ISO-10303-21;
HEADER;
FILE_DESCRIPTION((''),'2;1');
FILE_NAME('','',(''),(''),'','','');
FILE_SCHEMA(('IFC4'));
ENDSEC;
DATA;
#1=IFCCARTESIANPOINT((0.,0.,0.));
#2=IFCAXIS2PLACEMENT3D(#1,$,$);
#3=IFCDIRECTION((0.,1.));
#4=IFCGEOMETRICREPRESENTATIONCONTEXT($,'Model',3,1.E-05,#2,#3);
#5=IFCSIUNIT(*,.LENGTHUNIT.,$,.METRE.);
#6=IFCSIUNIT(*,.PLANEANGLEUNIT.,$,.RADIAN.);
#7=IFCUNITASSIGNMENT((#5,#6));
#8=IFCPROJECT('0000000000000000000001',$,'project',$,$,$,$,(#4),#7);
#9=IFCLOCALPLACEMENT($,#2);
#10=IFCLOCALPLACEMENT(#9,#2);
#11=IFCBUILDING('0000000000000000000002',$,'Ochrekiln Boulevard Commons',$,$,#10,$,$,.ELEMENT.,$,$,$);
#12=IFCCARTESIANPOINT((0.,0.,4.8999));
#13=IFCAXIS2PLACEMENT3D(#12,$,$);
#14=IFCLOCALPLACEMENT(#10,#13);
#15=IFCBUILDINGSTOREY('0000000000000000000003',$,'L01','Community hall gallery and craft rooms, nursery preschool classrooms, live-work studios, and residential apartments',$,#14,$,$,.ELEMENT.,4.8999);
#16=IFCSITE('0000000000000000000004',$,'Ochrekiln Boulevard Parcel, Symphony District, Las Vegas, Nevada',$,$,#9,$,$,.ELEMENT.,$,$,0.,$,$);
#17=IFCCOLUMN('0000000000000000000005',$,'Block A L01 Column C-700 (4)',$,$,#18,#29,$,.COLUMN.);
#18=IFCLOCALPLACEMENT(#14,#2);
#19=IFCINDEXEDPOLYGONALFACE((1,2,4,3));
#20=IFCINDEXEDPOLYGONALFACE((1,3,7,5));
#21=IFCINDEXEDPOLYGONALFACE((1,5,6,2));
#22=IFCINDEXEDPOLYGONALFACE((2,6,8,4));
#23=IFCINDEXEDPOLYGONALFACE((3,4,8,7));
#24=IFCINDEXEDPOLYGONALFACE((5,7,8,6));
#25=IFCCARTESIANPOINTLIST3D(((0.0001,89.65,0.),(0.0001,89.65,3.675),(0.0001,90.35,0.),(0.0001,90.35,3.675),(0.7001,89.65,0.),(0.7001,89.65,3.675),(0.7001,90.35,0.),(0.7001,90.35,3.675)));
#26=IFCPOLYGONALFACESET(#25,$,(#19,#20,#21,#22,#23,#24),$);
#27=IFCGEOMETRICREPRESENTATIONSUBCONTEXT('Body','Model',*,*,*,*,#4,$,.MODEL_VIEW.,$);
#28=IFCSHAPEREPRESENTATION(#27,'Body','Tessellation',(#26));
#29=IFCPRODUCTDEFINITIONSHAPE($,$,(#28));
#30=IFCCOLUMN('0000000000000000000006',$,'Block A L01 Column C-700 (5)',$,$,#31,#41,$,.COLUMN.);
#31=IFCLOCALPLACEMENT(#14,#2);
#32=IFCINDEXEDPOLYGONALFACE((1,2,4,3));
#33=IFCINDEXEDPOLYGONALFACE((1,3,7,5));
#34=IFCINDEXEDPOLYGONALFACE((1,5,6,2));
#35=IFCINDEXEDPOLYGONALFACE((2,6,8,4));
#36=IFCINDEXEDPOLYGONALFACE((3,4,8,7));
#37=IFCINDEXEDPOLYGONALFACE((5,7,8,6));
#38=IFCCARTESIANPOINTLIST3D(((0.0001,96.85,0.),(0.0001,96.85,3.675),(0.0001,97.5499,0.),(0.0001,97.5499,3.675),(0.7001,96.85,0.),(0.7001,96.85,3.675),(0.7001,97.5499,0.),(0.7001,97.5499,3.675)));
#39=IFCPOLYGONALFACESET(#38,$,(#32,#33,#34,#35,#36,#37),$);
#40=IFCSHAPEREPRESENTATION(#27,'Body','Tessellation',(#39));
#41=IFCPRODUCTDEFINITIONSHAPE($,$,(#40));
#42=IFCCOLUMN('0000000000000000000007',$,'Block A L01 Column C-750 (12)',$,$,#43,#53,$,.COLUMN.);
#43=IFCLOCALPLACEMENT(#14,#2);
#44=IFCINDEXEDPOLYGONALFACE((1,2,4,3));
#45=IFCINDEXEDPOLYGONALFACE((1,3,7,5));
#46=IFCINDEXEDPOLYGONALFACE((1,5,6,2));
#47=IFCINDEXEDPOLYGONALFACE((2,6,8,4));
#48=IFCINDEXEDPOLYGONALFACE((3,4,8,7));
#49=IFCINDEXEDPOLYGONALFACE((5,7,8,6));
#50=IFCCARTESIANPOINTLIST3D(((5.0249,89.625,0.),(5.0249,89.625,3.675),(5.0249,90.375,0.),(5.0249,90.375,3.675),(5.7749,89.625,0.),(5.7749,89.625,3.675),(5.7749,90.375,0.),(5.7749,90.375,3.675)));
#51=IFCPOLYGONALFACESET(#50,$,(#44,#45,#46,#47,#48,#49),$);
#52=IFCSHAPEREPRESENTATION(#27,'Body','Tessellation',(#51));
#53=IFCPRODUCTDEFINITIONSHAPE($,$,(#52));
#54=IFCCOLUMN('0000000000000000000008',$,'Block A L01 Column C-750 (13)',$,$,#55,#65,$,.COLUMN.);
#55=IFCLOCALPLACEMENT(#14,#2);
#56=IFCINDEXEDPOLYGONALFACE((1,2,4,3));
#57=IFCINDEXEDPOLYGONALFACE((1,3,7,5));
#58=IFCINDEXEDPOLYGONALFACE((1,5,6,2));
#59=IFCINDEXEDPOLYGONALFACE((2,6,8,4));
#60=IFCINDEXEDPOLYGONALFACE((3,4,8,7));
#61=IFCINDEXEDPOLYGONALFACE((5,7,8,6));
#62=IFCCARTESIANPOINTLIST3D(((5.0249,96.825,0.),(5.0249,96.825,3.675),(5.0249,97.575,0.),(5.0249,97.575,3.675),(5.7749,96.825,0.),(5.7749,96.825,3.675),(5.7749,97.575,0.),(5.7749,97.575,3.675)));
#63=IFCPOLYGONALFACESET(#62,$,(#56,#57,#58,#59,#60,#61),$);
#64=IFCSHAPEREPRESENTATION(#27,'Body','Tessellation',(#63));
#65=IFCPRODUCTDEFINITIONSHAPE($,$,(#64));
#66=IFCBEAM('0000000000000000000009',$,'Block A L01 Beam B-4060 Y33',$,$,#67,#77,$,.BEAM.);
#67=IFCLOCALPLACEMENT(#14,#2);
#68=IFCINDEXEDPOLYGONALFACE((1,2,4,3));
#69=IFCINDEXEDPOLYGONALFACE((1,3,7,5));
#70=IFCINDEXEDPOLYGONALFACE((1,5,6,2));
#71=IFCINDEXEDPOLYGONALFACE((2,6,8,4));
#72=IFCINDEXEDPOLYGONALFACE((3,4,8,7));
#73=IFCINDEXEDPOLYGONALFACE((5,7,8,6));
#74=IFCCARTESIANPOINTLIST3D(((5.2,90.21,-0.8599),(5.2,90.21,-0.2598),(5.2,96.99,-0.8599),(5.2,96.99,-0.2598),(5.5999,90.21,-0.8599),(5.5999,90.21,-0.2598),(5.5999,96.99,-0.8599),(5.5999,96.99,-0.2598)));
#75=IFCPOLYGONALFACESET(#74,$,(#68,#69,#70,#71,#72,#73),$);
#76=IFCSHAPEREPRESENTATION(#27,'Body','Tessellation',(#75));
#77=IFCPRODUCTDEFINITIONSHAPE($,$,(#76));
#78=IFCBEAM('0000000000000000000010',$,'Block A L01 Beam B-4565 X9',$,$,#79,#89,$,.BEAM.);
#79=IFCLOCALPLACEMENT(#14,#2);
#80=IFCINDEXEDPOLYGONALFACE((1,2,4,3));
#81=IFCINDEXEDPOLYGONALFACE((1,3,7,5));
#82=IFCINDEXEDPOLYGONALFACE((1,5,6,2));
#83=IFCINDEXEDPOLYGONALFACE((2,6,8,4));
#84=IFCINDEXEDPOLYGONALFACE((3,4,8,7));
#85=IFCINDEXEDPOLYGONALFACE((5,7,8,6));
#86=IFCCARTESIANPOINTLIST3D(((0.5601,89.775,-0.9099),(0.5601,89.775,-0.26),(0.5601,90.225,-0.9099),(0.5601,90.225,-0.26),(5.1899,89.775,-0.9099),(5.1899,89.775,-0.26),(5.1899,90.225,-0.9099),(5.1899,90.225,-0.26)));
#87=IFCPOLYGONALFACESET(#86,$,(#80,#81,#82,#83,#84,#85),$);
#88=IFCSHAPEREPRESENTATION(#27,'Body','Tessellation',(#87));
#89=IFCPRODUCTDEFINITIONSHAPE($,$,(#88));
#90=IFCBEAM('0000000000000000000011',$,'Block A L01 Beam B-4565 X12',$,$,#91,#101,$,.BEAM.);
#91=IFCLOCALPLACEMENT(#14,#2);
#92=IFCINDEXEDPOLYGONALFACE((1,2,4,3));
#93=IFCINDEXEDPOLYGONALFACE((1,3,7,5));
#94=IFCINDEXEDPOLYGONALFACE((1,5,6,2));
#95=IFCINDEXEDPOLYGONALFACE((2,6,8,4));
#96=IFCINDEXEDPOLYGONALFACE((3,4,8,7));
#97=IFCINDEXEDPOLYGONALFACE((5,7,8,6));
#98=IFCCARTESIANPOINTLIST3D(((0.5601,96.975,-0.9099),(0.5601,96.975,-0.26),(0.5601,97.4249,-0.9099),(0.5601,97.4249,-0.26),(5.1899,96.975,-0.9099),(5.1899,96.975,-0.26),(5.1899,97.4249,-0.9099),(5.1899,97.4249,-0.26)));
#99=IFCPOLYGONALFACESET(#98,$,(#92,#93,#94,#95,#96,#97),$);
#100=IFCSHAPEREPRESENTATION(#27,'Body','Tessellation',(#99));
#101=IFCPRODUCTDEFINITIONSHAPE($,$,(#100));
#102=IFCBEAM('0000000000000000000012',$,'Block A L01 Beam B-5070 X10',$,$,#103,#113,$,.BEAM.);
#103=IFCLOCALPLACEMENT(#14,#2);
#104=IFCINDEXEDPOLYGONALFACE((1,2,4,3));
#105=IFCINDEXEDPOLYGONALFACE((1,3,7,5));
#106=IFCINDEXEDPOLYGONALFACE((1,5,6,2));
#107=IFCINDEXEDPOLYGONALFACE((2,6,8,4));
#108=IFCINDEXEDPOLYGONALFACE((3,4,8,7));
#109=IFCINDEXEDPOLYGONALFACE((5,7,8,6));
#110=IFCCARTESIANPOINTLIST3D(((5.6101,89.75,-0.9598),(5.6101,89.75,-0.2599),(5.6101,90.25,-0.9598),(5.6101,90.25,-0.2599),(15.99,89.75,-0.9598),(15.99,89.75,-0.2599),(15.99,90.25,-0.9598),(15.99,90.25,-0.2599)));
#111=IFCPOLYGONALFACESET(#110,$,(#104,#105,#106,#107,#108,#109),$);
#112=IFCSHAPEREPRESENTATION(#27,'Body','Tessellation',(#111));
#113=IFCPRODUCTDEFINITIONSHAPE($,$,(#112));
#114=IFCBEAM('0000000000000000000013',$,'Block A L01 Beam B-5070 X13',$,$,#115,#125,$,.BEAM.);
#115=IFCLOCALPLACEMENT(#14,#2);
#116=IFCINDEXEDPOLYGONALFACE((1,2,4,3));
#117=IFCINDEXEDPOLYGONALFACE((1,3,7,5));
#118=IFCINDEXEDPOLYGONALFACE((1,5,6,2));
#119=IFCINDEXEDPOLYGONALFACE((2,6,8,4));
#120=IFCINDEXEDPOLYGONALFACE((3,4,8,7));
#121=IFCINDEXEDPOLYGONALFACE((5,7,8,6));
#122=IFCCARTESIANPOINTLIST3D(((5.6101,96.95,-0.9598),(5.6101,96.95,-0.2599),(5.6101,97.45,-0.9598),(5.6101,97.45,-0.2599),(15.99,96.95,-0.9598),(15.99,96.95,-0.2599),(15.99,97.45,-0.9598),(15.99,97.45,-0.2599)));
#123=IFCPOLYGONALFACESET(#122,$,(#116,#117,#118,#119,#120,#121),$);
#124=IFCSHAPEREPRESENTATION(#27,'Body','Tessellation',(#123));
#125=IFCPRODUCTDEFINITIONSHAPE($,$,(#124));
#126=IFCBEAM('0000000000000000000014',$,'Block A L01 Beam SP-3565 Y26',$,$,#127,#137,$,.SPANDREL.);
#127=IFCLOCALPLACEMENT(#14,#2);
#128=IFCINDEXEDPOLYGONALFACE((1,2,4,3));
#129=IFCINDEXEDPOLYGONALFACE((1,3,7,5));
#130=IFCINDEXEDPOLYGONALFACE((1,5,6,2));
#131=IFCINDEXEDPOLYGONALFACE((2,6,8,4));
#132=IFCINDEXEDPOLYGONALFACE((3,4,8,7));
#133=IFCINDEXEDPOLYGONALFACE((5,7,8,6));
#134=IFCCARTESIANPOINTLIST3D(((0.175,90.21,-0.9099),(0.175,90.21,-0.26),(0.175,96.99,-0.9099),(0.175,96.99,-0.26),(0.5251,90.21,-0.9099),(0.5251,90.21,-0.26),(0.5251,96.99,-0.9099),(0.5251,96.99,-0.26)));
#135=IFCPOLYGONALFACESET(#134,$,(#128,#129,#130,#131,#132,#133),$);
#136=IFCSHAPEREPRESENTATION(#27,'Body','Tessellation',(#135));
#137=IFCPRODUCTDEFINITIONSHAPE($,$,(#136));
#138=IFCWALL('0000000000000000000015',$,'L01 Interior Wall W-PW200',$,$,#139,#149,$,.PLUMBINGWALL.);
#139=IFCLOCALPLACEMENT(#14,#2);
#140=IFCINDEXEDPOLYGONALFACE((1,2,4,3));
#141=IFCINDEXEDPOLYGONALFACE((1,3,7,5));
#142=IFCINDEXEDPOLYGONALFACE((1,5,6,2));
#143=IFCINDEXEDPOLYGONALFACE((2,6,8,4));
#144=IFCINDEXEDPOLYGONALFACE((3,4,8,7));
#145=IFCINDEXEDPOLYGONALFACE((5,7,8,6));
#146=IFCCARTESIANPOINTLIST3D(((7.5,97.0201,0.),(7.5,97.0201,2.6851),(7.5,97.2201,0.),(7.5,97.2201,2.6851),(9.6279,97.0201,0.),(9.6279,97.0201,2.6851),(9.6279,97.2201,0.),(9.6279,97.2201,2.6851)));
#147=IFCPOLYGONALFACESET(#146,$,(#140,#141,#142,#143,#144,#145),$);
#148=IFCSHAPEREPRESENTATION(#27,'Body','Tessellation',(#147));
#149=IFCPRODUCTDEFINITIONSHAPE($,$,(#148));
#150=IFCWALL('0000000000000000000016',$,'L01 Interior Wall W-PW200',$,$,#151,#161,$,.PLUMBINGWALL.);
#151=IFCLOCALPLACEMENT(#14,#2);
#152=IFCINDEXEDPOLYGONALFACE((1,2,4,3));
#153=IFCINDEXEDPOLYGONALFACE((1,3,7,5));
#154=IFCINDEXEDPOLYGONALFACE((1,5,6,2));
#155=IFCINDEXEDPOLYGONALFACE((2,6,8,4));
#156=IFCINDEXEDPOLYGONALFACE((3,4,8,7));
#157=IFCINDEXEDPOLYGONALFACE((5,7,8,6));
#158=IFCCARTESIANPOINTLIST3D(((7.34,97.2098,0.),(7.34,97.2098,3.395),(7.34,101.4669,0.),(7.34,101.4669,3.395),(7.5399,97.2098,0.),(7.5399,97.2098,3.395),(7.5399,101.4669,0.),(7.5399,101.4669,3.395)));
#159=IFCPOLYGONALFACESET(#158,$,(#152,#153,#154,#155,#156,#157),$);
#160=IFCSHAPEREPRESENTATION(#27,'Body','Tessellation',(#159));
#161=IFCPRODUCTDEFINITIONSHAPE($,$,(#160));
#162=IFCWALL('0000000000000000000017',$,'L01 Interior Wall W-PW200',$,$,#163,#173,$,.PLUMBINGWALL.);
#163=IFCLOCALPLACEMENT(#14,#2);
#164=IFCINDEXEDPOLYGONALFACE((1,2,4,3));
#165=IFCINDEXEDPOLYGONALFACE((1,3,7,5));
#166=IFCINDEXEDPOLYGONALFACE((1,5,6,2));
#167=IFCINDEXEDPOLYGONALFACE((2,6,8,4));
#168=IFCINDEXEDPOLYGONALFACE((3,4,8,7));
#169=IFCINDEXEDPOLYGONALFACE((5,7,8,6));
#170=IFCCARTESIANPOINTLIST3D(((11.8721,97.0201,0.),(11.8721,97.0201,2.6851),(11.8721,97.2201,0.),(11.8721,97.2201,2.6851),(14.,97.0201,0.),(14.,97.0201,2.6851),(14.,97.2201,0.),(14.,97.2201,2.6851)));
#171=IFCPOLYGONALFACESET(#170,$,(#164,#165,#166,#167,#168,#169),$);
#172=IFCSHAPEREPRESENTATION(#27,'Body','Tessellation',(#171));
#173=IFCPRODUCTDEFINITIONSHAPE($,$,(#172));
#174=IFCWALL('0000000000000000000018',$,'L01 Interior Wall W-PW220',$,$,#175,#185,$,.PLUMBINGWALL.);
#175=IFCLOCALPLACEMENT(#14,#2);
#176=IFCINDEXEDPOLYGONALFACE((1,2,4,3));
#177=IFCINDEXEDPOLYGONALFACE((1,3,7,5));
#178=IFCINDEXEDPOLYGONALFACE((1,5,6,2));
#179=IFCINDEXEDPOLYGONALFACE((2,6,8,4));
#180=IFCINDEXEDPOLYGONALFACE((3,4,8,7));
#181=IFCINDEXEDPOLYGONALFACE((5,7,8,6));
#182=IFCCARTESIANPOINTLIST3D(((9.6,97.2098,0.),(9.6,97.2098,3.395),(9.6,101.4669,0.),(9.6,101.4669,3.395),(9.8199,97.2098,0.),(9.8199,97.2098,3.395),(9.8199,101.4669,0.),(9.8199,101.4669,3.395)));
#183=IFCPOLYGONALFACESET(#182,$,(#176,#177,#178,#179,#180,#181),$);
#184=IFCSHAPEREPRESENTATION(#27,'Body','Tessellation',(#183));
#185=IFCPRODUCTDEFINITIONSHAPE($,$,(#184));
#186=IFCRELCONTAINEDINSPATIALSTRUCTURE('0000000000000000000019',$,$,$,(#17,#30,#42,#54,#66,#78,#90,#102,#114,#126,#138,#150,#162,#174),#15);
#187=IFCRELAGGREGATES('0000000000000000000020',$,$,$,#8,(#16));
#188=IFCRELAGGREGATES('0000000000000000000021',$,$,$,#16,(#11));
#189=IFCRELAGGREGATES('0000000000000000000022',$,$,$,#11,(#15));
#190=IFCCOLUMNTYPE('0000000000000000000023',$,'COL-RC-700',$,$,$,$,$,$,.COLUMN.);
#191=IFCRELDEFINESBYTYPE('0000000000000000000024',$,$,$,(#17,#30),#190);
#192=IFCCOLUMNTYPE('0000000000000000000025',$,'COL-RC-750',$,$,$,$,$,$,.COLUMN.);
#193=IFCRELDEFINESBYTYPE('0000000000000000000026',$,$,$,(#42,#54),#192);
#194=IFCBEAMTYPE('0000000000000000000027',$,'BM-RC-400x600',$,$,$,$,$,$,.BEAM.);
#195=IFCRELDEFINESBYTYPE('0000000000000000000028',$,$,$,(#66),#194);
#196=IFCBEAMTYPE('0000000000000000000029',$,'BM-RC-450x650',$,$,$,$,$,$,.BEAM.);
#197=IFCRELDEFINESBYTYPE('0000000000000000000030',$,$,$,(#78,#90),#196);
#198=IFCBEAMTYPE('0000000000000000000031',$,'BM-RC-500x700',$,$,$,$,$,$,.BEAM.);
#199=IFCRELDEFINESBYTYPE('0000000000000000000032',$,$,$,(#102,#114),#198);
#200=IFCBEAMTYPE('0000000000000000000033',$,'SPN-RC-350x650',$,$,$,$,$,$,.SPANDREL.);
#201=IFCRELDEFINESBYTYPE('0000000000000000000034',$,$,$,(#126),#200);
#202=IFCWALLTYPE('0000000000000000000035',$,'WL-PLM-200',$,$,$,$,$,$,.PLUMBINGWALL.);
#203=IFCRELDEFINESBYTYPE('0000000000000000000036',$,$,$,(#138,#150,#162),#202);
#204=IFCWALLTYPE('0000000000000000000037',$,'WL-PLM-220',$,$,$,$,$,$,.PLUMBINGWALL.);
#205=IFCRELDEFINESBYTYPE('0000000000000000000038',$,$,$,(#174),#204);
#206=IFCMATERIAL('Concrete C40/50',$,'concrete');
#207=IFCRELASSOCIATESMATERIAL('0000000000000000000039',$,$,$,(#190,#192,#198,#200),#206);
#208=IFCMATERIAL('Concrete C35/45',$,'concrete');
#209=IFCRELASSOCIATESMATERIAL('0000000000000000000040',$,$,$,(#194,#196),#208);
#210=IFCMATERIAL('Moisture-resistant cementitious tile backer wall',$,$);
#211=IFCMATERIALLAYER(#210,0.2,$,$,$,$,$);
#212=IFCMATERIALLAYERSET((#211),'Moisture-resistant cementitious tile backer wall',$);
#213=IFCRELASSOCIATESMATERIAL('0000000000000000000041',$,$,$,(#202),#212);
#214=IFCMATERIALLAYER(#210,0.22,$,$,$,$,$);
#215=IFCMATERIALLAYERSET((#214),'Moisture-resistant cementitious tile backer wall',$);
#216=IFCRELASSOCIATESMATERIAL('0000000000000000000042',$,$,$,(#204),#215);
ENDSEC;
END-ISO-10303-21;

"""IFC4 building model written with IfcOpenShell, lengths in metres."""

from ifc_helpers import new_model, si_unit, direction, frame, frame_2d, origin, origin_2d, place, context, subcontext, project, spatial, rectangle, extrude, material, layer, layer_set, material_profile, profile_set, type_object, element, save


model = new_model("IFC4")

# Units and contexts
model_context = context("Model", 3, precision=1e-05, world=origin(), true_north=direction((0.0, 1.0)))
body_context = subcontext(model_context, "Body", "Model", "MODEL_VIEW")
ifc_project = project(units=[si_unit("LENGTHUNIT", "METRE"), si_unit("PLANEANGLEUNIT", "RADIAN")], contexts=[model_context])

# Site, building, storey
site_placement = place(None, origin())
site = spatial("IfcSite", under=ifc_project, at=site_placement, Name="Ochrekiln Boulevard Parcel, Symphony District, Las Vegas, Nevada", CompositionType="ELEMENT", RefElevation=0.0)
building_placement = place(site_placement, origin())
building = spatial("IfcBuilding", under=site, at=building_placement, Name="Ochrekiln Boulevard Commons", CompositionType="ELEMENT")
storey_placement = place(building_placement, frame((0.0, 0.0, 4.8999)))
storey = spatial("IfcBuildingStorey", under=building, at=storey_placement, Name="L01", Description="Community hall gallery and craft rooms, nursery preschool classrooms, live-work studios, and residential apartments", CompositionType="ELEMENT", Elevation=4.8999)

# Columns
ifc_material_1 = material(Name="Concrete C40/50", Category="concrete")
ifc_material_profile_1 = material_profile(ifc_material_1, rectangle(XDim=0.7, YDim=0.7, at=origin_2d()), Name="RC-COL-700x700")
ifc_profile_set_1 = profile_set([ifc_material_profile_1], Name="Concrete C40/50")
column_type_1 = type_object("IfcColumnType", Name="COL-RC-700", PredefinedType="COLUMN", material=ifc_profile_set_1)
for number, where, z_axis, x_axis, name in (
    (1, (0.3501, 90.0, 0.0), (0.0, 0.0, 1.0), (1.0, 0.0, 0.0), "Block A L01 Column C-700 (4)"),
    (2, (0.3501, 97.2, 0.0), (0.0, 0.0, 1.0), (1.0, 0.0, 0.0), "Block A L01 Column C-700 (5)"),
):
    element("IfcColumn", number, at=place(storey_placement, frame(where, z_axis=z_axis, x_axis=x_axis)), inside=storey, type_object=column_type_1, Name=name, PredefinedType="COLUMN", context=body_context, shape_type="SweptSolid", body=[
        extrude(rectangle(XDim=0.7, YDim=0.7, at=origin_2d()), origin(), (0.0, 0.0, 1.0), 3.675),
    ])
ifc_material_profile_2 = material_profile(ifc_material_1, rectangle(XDim=0.75, YDim=0.75, at=origin_2d()), Name="RC-COL-750x750")
ifc_profile_set_2 = profile_set([ifc_material_profile_2], Name="Concrete C40/50")
column_type_2 = type_object("IfcColumnType", Name="COL-RC-750", PredefinedType="COLUMN", material=ifc_profile_set_2)
for number, where, z_axis, x_axis, name in (
    (3, (5.3999, 90.0, 0.0), (0.0, 0.0, 1.0), (1.0, 0.0, 0.0), "Block A L01 Column C-750 (12)"),
    (4, (5.3999, 97.2, 0.0), (0.0, 0.0, 1.0), (1.0, 0.0, 0.0), "Block A L01 Column C-750 (13)"),
):
    element("IfcColumn", number, at=place(storey_placement, frame(where, z_axis=z_axis, x_axis=x_axis)), inside=storey, type_object=column_type_2, Name=name, PredefinedType="COLUMN", context=body_context, shape_type="SweptSolid", body=[
        extrude(rectangle(XDim=0.75, YDim=0.75, at=origin_2d()), origin(), (0.0, 0.0, 1.0), 3.675),
    ])

# Beams
ifc_material_2 = material(Name="Concrete C35/45", Category="concrete")
ifc_material_profile_3 = material_profile(ifc_material_2, rectangle(XDim=0.3999, YDim=0.6001, at=origin_2d()), Name="RC-BM-400x600")
ifc_profile_set_3 = profile_set([ifc_material_profile_3], Name="Concrete C35/45")
beam_type_1 = type_object("IfcBeamType", Name="BM-RC-400x600", PredefinedType="BEAM", material=ifc_profile_set_3)
beam_1_placement = place(storey_placement, frame((5.3999, 90.21, -0.5598), z_axis=(0.0, 1.0, 0.0), x_axis=(-1.0, 0.0, 0.0)))
element("IfcBeam", 5, at=beam_1_placement, inside=storey, type_object=beam_type_1, Name="Block A L01 Beam B-4060 Y33", PredefinedType="BEAM", context=body_context, shape_type="SweptSolid", body=[
    extrude(rectangle(XDim=0.3999, YDim=0.6001, at=origin_2d()), origin(), (0.0, 0.0, 1.0), 6.78),
])
ifc_material_profile_4 = material_profile(ifc_material_2, rectangle(XDim=0.45, YDim=0.6499, at=origin_2d()), Name="RC-BM-450x650")
ifc_profile_set_4 = profile_set([ifc_material_profile_4], Name="Concrete C35/45")
beam_type_2 = type_object("IfcBeamType", Name="BM-RC-450x650", PredefinedType="BEAM", material=ifc_profile_set_4)
for number, where, z_axis, x_axis, name in (
    (6, (0.5601, 90.0, -0.585), (1.0, 0.0, 0.0), (0.0, 1.0, 0.0), "Block A L01 Beam B-4565 X9"),
    (7, (0.5601, 97.2, -0.585), (1.0, 0.0, 0.0), (0.0, 1.0, 0.0), "Block A L01 Beam B-4565 X12"),
):
    element("IfcBeam", number, at=place(storey_placement, frame(where, z_axis=z_axis, x_axis=x_axis)), inside=storey, type_object=beam_type_2, Name=name, PredefinedType="BEAM", context=body_context, shape_type="SweptSolid", body=[
        extrude(rectangle(XDim=0.45, YDim=0.6499, at=origin_2d()), origin(), (0.0, 0.0, 1.0), 4.6299),
    ])
ifc_material_profile_5 = material_profile(ifc_material_1, rectangle(XDim=0.5, YDim=0.7, at=origin_2d()), Name="RC-BM-500x700")
ifc_profile_set_5 = profile_set([ifc_material_profile_5], Name="Concrete C40/50")
beam_type_3 = type_object("IfcBeamType", Name="BM-RC-500x700", PredefinedType="BEAM", material=ifc_profile_set_5)
for number, where, z_axis, x_axis, name in (
    (8, (5.6101, 90.0, -0.6099), (1.0, 0.0, 0.0), (0.0, 1.0, 0.0), "Block A L01 Beam B-5070 X10"),
    (9, (5.6101, 97.2, -0.6099), (1.0, 0.0, 0.0), (0.0, 1.0, 0.0), "Block A L01 Beam B-5070 X13"),
):
    element("IfcBeam", number, at=place(storey_placement, frame(where, z_axis=z_axis, x_axis=x_axis)), inside=storey, type_object=beam_type_3, Name=name, PredefinedType="BEAM", context=body_context, shape_type="SweptSolid", body=[
        extrude(rectangle(XDim=0.5, YDim=0.7, at=origin_2d()), origin(), (0.0, 0.0, 1.0), 10.3799),
    ])
ifc_material_profile_6 = material_profile(ifc_material_1, rectangle(XDim=0.3501, YDim=0.6499, at=origin_2d()), Name="RC-SPN-350x650")
ifc_profile_set_6 = profile_set([ifc_material_profile_6], Name="Concrete C40/50")
beam_type_4 = type_object("IfcBeamType", Name="SPN-RC-350x650", PredefinedType="SPANDREL", material=ifc_profile_set_6)
beam_2_placement = place(storey_placement, frame((0.3501, 90.21, -0.585), z_axis=(0.0, 1.0, 0.0), x_axis=(-1.0, 0.0, 0.0)))
element("IfcBeam", 10, at=beam_2_placement, inside=storey, type_object=beam_type_4, Name="Block A L01 Beam SP-3565 Y26", PredefinedType="SPANDREL", context=body_context, shape_type="SweptSolid", body=[
    extrude(rectangle(XDim=0.3501, YDim=0.6499, at=origin_2d()), origin(), (0.0, 0.0, 1.0), 6.78),
])

# Walls
ifc_material_3 = material(Name="Moisture-resistant cementitious tile backer wall")
ifc_layer_1 = layer(ifc_material_3, 0.2)
ifc_layer_set_1 = layer_set([ifc_layer_1], Name="Moisture-resistant cementitious tile backer wall")
wall_type_1 = type_object("IfcWallType", Name="WL-PLM-200", PredefinedType="PLUMBINGWALL", material=ifc_layer_set_1)
wall_1_placement = place(storey_placement, frame((7.5, 97.1201, 0.0), z_axis=(0.0, 0.0, 1.0), x_axis=(1.0, 0.0, 0.0)))
element("IfcWall", 11, at=wall_1_placement, inside=storey, type_object=wall_type_1, Name="L01 Interior Wall W-PW200", PredefinedType="PLUMBINGWALL", context=body_context, shape_type="SweptSolid", body=[
    extrude(rectangle(XDim=2.1279, YDim=0.2, at=frame_2d((1.064, 0.0))), origin(), (0.0, 0.0, 1.0), 2.6851),
])
wall_2_placement = place(storey_placement, frame((7.4399, 97.21, 0.0), z_axis=(0.0, 0.0, 1.0), x_axis=(0.0, 1.0, 0.0)))
element("IfcWall", 12, at=wall_2_placement, inside=storey, type_object=wall_type_1, Name="L01 Interior Wall W-PW200", PredefinedType="PLUMBINGWALL", context=body_context, shape_type="SweptSolid", body=[
    extrude(rectangle(XDim=4.2571, YDim=0.2, at=frame_2d((2.1284, 0.0))), origin(), (0.0, 0.0, 1.0), 3.395),
])
wall_3_placement = place(storey_placement, frame((11.8721, 97.1201, 0.0), z_axis=(0.0, 0.0, 1.0), x_axis=(1.0, 0.0, 0.0)))
element("IfcWall", 13, at=wall_3_placement, inside=storey, type_object=wall_type_1, Name="L01 Interior Wall W-PW200", PredefinedType="PLUMBINGWALL", context=body_context, shape_type="SweptSolid", body=[
    extrude(rectangle(XDim=2.1279, YDim=0.2, at=frame_2d((1.064, 0.0))), origin(), (0.0, 0.0, 1.0), 2.6851),
])
ifc_layer_2 = layer(ifc_material_3, 0.22)
ifc_layer_set_2 = layer_set([ifc_layer_2], Name="Moisture-resistant cementitious tile backer wall")
wall_type_2 = type_object("IfcWallType", Name="WL-PLM-220", PredefinedType="PLUMBINGWALL", material=ifc_layer_set_2)
wall_4_placement = place(storey_placement, frame((9.71, 97.21, 0.0), z_axis=(0.0, 0.0, 1.0), x_axis=(0.0, 1.0, 0.0)))
element("IfcWall", 14, at=wall_4_placement, inside=storey, type_object=wall_type_2, Name="L01 Interior Wall W-PW220", PredefinedType="PLUMBINGWALL", context=body_context, shape_type="SweptSolid", body=[
    extrude(rectangle(XDim=4.2571, YDim=0.22, at=frame_2d((2.1284, 0.0))), origin(), (0.0, 0.0, 1.0), 3.395),
])

save(model, "model.ifc")
